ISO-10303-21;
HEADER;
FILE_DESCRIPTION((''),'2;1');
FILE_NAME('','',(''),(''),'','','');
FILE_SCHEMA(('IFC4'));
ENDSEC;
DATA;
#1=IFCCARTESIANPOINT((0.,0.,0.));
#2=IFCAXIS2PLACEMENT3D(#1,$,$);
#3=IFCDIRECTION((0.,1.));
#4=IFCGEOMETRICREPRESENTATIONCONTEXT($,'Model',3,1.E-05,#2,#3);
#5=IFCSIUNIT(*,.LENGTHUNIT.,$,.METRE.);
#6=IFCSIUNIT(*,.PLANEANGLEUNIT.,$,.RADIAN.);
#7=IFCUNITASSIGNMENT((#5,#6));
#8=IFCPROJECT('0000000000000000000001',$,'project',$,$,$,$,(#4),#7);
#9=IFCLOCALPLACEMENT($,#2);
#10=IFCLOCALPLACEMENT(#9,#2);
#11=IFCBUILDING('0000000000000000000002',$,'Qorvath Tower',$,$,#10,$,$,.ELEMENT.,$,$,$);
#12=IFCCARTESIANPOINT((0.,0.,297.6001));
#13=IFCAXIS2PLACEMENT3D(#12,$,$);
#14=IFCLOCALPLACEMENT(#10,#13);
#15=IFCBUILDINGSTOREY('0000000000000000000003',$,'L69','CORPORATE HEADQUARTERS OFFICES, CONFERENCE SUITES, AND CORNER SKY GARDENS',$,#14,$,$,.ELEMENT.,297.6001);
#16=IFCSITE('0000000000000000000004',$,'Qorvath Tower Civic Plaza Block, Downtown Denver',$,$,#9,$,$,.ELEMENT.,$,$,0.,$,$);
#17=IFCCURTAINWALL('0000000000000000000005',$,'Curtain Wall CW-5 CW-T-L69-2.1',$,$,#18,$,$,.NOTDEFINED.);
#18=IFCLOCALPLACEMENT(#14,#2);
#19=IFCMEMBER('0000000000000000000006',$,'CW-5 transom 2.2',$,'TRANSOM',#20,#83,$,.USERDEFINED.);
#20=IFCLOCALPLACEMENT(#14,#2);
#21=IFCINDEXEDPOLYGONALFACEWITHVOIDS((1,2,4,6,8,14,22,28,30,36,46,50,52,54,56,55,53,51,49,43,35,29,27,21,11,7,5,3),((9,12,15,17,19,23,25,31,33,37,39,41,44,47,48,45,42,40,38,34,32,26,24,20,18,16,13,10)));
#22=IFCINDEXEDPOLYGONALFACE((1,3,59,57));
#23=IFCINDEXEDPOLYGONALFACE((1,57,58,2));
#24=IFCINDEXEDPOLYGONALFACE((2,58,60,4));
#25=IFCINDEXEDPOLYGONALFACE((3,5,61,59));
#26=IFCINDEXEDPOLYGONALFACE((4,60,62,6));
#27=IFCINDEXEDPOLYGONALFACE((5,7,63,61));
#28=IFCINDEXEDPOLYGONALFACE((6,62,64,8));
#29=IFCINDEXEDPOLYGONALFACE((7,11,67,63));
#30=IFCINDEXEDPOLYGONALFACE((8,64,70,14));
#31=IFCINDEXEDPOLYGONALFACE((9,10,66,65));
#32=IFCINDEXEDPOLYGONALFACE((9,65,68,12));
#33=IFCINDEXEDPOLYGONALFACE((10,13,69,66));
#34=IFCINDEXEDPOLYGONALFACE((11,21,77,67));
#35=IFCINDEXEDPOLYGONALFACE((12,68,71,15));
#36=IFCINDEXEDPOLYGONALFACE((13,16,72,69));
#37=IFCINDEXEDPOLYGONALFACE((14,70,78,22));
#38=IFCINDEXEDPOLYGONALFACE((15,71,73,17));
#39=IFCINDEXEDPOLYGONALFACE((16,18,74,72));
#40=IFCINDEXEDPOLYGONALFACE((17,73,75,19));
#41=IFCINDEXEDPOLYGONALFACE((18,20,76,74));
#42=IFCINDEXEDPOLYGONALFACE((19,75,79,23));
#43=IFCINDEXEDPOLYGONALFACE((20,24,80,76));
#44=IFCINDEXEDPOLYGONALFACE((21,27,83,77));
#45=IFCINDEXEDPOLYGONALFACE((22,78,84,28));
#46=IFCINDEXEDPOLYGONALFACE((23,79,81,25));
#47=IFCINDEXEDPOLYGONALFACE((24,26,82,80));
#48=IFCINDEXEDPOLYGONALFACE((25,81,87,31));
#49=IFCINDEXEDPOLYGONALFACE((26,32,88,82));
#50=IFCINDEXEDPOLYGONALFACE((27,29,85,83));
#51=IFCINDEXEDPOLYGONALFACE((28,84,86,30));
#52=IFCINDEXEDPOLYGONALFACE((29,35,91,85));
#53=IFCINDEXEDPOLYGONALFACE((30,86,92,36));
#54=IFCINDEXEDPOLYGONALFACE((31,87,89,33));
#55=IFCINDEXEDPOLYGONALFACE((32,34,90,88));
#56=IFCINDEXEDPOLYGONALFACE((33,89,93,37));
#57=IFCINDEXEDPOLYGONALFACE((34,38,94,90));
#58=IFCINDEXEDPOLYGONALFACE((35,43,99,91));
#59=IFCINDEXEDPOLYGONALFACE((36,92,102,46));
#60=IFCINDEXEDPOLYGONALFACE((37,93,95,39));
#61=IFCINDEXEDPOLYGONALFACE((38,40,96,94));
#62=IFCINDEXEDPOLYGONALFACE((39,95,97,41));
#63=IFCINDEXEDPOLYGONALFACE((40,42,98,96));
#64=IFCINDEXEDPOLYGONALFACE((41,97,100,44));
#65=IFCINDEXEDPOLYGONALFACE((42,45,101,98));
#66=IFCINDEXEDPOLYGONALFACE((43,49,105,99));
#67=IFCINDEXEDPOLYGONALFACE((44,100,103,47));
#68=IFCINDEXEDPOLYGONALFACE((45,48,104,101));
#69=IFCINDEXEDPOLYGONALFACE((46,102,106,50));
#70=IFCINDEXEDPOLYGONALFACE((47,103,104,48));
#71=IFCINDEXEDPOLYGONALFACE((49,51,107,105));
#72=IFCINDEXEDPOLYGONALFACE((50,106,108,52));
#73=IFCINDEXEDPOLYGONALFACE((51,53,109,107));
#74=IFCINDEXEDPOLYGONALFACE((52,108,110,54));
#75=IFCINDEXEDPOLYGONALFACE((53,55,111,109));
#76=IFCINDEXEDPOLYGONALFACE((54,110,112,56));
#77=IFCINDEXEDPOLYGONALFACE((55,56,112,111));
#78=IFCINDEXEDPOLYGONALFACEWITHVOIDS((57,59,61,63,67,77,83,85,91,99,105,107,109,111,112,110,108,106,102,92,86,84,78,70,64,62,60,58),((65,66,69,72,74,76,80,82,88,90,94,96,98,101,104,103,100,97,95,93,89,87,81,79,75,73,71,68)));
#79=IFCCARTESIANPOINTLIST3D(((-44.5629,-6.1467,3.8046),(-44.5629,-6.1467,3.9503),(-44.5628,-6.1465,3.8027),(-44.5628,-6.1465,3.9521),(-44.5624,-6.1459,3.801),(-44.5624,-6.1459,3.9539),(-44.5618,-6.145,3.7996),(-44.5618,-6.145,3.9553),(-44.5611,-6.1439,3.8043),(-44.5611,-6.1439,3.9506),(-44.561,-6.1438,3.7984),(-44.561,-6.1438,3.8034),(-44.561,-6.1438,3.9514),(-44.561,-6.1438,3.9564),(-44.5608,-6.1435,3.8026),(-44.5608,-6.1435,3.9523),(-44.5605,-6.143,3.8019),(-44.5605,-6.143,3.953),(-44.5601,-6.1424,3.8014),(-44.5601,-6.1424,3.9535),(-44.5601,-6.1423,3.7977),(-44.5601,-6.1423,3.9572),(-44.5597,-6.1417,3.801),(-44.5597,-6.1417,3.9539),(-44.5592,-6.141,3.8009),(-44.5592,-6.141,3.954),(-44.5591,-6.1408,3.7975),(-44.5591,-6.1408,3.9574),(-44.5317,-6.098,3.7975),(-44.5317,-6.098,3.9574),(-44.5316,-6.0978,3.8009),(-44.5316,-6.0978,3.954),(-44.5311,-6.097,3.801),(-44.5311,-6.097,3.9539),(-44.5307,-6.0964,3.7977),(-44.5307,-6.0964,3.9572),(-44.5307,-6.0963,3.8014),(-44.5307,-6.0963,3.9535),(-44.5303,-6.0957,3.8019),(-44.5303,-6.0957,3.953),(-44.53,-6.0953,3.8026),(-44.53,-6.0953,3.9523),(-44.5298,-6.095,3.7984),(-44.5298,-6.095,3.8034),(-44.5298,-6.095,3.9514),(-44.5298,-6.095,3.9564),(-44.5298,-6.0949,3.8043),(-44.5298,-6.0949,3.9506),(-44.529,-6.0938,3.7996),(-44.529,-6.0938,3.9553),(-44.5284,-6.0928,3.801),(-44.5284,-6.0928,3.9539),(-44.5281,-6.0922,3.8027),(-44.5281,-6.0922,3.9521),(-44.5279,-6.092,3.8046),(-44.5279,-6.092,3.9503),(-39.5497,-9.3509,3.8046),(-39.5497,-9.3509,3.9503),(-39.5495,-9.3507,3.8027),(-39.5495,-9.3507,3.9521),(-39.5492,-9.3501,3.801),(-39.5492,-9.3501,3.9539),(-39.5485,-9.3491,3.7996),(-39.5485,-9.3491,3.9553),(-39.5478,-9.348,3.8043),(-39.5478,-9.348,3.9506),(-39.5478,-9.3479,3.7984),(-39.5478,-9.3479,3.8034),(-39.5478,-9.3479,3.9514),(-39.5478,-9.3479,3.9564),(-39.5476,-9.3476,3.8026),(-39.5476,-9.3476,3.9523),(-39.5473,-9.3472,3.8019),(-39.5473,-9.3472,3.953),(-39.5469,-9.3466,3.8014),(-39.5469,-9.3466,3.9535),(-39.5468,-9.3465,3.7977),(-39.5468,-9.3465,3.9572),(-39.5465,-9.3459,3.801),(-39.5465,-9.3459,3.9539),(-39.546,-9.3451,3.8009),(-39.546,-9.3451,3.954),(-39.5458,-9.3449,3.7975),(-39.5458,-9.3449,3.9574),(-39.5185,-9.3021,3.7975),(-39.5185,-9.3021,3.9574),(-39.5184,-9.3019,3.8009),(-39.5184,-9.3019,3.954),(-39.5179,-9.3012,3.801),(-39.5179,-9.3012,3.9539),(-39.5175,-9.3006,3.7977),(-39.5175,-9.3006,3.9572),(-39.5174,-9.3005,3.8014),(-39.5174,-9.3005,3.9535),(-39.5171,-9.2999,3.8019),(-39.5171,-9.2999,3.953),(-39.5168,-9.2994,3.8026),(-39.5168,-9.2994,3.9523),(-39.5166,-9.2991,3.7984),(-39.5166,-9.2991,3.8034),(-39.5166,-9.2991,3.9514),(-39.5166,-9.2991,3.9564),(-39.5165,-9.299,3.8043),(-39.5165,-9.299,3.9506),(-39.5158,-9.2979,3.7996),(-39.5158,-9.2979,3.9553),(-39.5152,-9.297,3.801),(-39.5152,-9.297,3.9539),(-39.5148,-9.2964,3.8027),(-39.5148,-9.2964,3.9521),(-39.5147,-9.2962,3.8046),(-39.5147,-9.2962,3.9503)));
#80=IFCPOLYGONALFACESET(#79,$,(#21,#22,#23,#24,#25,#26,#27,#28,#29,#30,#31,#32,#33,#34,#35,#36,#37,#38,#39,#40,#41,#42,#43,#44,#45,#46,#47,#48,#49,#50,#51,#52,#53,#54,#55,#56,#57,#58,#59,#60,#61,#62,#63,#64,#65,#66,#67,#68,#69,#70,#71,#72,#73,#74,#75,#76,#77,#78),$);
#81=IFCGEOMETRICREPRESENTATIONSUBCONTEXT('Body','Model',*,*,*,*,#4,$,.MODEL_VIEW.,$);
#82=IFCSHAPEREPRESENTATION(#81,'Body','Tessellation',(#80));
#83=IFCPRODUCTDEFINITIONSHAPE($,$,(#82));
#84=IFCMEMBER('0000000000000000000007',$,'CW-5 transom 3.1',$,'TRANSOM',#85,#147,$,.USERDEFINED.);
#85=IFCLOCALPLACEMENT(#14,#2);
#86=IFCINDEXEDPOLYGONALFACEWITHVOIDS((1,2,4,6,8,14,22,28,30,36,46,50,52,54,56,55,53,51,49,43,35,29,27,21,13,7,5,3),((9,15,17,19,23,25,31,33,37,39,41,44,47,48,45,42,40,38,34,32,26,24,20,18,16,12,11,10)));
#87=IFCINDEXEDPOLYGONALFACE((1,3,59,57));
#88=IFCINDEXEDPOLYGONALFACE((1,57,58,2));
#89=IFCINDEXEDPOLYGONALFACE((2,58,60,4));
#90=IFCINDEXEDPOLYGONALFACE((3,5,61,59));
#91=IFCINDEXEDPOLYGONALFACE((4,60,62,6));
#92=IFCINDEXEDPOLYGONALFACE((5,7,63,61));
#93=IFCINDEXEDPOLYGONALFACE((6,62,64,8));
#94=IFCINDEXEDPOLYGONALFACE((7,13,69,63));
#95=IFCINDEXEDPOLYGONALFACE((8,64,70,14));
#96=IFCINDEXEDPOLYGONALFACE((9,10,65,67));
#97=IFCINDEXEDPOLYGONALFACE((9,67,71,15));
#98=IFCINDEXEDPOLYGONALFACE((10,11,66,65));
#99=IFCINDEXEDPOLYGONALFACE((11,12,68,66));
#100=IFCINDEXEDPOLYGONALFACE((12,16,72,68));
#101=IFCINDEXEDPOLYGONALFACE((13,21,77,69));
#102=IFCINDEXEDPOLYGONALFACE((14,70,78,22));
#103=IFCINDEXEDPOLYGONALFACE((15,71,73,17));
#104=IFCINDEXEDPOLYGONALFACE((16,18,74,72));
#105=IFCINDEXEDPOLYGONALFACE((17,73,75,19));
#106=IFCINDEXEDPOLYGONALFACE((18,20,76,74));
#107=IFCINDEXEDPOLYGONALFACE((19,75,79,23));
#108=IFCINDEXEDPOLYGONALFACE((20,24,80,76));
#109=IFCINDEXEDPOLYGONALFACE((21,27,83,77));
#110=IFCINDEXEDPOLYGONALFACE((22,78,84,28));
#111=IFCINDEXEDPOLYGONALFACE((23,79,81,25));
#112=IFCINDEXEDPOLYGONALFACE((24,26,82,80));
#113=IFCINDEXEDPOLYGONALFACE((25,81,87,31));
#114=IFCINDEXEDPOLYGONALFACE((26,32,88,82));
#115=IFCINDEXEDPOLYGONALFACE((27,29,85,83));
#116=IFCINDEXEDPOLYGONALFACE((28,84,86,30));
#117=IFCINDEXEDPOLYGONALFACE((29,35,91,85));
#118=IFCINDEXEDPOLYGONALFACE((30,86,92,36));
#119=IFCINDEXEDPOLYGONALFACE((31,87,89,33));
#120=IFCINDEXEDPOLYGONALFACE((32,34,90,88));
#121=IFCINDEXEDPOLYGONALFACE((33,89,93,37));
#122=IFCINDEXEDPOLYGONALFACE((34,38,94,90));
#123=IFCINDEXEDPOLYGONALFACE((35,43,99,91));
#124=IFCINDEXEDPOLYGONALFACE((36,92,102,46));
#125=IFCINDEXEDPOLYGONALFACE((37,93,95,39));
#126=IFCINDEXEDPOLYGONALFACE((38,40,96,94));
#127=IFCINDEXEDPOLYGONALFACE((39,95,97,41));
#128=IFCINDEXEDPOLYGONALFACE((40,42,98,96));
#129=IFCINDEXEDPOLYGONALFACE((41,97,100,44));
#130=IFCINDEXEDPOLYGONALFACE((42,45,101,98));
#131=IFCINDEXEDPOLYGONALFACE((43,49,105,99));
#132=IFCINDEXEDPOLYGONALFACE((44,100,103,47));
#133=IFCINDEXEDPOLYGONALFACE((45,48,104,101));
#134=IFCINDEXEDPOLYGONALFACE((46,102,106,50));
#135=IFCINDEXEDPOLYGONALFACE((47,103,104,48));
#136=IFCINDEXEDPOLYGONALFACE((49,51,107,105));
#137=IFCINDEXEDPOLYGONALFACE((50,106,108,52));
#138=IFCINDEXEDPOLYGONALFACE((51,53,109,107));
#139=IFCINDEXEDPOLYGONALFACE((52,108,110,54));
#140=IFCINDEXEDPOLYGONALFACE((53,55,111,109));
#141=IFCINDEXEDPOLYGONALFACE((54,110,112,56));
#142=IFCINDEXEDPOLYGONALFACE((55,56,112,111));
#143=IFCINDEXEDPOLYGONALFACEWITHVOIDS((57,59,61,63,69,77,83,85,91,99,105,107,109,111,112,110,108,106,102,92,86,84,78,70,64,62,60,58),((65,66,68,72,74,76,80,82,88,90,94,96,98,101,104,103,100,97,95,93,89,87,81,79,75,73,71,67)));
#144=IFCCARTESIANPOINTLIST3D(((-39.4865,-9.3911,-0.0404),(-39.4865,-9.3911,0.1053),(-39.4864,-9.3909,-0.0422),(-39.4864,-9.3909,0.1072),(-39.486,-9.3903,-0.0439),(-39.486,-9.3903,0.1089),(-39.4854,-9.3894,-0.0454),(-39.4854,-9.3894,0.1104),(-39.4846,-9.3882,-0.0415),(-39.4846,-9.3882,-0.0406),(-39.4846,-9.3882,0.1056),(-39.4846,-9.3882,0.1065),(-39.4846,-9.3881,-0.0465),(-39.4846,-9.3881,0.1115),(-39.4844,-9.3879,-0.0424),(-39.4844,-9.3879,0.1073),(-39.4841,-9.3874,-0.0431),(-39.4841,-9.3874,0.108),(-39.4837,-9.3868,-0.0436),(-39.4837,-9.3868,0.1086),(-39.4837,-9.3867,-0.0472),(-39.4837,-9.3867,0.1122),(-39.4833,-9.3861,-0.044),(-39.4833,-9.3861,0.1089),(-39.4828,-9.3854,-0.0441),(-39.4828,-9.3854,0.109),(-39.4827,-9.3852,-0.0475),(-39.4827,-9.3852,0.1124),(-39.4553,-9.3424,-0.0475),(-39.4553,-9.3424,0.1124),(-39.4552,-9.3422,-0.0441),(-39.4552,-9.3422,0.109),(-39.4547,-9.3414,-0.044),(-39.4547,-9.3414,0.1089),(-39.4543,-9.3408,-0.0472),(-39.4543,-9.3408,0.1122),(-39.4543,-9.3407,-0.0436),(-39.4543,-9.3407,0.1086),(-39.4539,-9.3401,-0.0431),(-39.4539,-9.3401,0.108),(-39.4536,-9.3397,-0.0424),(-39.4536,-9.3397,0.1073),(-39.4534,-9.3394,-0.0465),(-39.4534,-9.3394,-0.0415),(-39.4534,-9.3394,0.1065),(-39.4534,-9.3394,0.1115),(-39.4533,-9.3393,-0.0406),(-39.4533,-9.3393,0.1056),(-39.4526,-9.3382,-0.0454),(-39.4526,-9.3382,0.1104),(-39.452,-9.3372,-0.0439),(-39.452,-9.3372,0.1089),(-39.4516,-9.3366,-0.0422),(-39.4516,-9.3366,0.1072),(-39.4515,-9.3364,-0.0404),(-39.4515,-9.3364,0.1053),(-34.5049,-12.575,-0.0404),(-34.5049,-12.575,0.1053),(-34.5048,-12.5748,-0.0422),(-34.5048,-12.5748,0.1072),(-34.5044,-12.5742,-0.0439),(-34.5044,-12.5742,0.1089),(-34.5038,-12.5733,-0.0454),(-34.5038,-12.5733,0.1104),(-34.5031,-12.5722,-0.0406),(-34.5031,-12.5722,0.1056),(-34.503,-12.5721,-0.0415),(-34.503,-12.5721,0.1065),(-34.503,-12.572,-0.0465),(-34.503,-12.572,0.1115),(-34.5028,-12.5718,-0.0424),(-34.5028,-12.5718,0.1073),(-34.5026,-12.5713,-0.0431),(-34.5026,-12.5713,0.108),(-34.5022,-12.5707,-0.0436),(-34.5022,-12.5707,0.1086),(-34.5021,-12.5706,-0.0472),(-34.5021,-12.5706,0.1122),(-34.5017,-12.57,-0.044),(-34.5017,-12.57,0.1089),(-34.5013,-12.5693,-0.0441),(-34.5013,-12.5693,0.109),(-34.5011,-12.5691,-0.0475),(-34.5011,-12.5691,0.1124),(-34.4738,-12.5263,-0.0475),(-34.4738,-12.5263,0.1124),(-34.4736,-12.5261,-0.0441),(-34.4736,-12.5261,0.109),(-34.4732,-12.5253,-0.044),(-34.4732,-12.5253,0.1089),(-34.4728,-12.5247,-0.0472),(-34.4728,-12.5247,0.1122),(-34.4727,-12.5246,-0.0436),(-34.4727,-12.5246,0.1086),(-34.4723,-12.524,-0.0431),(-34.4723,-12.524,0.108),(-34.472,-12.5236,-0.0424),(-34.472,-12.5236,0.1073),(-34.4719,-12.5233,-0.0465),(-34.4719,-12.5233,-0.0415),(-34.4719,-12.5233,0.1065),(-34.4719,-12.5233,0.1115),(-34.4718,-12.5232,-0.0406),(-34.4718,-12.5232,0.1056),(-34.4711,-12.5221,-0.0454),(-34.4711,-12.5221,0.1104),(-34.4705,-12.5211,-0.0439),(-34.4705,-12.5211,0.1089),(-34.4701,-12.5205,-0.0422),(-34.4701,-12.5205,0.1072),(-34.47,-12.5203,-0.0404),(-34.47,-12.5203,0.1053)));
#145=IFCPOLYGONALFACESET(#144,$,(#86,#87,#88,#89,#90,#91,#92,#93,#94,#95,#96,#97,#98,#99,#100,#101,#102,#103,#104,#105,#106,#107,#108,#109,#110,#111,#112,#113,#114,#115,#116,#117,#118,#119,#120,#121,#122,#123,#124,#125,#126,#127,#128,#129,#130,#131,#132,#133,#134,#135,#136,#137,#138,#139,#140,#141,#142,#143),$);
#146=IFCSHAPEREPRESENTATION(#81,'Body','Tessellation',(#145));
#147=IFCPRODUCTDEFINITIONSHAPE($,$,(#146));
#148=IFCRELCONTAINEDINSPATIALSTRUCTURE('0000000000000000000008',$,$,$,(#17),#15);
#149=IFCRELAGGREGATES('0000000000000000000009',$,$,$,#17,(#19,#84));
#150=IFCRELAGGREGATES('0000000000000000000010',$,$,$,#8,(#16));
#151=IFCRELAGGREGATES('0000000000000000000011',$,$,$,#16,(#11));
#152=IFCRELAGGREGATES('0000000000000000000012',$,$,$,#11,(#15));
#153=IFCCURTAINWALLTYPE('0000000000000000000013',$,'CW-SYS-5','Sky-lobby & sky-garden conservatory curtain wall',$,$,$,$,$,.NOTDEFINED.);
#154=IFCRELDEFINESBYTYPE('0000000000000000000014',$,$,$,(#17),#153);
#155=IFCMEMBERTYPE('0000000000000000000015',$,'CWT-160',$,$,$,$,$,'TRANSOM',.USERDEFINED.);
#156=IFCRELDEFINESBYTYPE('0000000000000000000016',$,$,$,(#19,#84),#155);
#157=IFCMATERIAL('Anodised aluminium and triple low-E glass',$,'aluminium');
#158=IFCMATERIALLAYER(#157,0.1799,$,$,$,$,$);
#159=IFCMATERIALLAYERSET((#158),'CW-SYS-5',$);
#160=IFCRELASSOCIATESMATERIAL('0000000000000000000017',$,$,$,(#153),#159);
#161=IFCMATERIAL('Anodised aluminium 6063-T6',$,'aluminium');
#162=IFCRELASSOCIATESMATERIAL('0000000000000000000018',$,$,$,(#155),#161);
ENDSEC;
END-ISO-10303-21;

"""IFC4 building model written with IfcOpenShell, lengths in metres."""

from ifc_helpers import new_model, si_unit, direction, frame, origin, origin_2d, place, context, subcontext, project, spatial, hollow_rectangle, extrude, material, layer, layer_set, material_profile, profile_set, type_object, element, aggregate, save


model = new_model("IFC4")

# Units and contexts
model_context = context("Model", 3, precision=1e-05, world=origin(), true_north=direction((0.0, 1.0)))
body_context = subcontext(model_context, "Body", "Model", "MODEL_VIEW")
ifc_project = project(units=[si_unit("LENGTHUNIT", "METRE"), si_unit("PLANEANGLEUNIT", "RADIAN")], contexts=[model_context])

# Site, building, storey
site_placement = place(None, origin())
site = spatial("IfcSite", under=ifc_project, at=site_placement, Name="Qorvath Tower Civic Plaza Block, Downtown Denver", CompositionType="ELEMENT", RefElevation=0.0)
building_placement = place(site_placement, origin())
building = spatial("IfcBuilding", under=site, at=building_placement, Name="Qorvath Tower", CompositionType="ELEMENT")
storey_placement = place(building_placement, frame((0.0, 0.0, 297.6001)))
storey = spatial("IfcBuildingStorey", under=building, at=storey_placement, Name="L69", Description="CORPORATE HEADQUARTERS OFFICES, CONFERENCE SUITES, AND CORNER SKY GARDENS", CompositionType="ELEMENT", Elevation=297.6001)

# Curtain wall, members
ifc_material_1 = material(Name="Anodised aluminium and triple low-E glass", Category="aluminium")
ifc_layer_1 = layer(ifc_material_1, 0.1799)
ifc_layer_set_1 = layer_set([ifc_layer_1], Name="CW-SYS-5")
curtain_wall_type = type_object("IfcCurtainWallType", Name="CW-SYS-5", Description="Sky-lobby & sky-garden conservatory curtain wall", PredefinedType="NOTDEFINED", material=ifc_layer_set_1)
curtain_wall_placement = place(storey_placement, origin())
curtain_wall = element("IfcCurtainWall", 1, at=curtain_wall_placement, inside=storey, type_object=curtain_wall_type, Name="Curtain Wall CW-5 CW-T-L69-2.1", PredefinedType="NOTDEFINED")
ifc_material_2 = material(Name="Anodised aluminium 6063-T6", Category="aluminium")
ifc_material_profile_1 = material_profile(ifc_material_2, hollow_rectangle(XDim=0.0649, YDim=0.1599, WallThickness=0.0034, InnerFilletRadius=0.0034, OuterFilletRadius=0.0071, at=origin_2d()), Name="CWT 160x65")
ifc_profile_set_1 = profile_set([ifc_material_profile_1], Name="Anodised aluminium 6063-T6")
member_type_1 = type_object("IfcMemberType", Name="CWT-160", ElementType="TRANSOM", PredefinedType="USERDEFINED", material=ifc_profile_set_1)
member_1_placement = place(storey_placement, frame((-44.5454, -6.1194, 3.8774), z_axis=(0.842602, -0.538537, 0.0), x_axis=(0.538537, 0.842602, 0.0)))
member_1 = element("IfcMember", 2, at=member_1_placement, type_object=member_type_1, Name="CW-5 transom 2.2", ObjectType="TRANSOM", PredefinedType="USERDEFINED", context=body_context, shape_type="SweptSolid", body=[
    extrude(hollow_rectangle(XDim=0.0649, YDim=0.1599, WallThickness=0.0034, InnerFilletRadius=0.0034, OuterFilletRadius=0.0071, at=origin_2d()), origin(), (0.0, 0.0, 1.0), 5.9497),
])
member_2_placement = place(storey_placement, frame((-39.469, -9.3638, 0.0325), z_axis=(0.8426, -0.538539, 0.0), x_axis=(0.538539, 0.8426, 0.0)))
member_2 = element("IfcMember", 3, at=member_2_placement, type_object=member_type_1, Name="CW-5 transom 3.1", ObjectType="TRANSOM", PredefinedType="USERDEFINED", context=body_context, shape_type="SweptSolid", body=[
    extrude(hollow_rectangle(XDim=0.0649, YDim=0.1599, WallThickness=0.0034, InnerFilletRadius=0.0034, OuterFilletRadius=0.0071, at=origin_2d()), origin(), (0.0, 0.0, 1.0), 5.9121),
])
aggregate(curtain_wall, [member_1, member_2])

save(model, "model.ifc")
